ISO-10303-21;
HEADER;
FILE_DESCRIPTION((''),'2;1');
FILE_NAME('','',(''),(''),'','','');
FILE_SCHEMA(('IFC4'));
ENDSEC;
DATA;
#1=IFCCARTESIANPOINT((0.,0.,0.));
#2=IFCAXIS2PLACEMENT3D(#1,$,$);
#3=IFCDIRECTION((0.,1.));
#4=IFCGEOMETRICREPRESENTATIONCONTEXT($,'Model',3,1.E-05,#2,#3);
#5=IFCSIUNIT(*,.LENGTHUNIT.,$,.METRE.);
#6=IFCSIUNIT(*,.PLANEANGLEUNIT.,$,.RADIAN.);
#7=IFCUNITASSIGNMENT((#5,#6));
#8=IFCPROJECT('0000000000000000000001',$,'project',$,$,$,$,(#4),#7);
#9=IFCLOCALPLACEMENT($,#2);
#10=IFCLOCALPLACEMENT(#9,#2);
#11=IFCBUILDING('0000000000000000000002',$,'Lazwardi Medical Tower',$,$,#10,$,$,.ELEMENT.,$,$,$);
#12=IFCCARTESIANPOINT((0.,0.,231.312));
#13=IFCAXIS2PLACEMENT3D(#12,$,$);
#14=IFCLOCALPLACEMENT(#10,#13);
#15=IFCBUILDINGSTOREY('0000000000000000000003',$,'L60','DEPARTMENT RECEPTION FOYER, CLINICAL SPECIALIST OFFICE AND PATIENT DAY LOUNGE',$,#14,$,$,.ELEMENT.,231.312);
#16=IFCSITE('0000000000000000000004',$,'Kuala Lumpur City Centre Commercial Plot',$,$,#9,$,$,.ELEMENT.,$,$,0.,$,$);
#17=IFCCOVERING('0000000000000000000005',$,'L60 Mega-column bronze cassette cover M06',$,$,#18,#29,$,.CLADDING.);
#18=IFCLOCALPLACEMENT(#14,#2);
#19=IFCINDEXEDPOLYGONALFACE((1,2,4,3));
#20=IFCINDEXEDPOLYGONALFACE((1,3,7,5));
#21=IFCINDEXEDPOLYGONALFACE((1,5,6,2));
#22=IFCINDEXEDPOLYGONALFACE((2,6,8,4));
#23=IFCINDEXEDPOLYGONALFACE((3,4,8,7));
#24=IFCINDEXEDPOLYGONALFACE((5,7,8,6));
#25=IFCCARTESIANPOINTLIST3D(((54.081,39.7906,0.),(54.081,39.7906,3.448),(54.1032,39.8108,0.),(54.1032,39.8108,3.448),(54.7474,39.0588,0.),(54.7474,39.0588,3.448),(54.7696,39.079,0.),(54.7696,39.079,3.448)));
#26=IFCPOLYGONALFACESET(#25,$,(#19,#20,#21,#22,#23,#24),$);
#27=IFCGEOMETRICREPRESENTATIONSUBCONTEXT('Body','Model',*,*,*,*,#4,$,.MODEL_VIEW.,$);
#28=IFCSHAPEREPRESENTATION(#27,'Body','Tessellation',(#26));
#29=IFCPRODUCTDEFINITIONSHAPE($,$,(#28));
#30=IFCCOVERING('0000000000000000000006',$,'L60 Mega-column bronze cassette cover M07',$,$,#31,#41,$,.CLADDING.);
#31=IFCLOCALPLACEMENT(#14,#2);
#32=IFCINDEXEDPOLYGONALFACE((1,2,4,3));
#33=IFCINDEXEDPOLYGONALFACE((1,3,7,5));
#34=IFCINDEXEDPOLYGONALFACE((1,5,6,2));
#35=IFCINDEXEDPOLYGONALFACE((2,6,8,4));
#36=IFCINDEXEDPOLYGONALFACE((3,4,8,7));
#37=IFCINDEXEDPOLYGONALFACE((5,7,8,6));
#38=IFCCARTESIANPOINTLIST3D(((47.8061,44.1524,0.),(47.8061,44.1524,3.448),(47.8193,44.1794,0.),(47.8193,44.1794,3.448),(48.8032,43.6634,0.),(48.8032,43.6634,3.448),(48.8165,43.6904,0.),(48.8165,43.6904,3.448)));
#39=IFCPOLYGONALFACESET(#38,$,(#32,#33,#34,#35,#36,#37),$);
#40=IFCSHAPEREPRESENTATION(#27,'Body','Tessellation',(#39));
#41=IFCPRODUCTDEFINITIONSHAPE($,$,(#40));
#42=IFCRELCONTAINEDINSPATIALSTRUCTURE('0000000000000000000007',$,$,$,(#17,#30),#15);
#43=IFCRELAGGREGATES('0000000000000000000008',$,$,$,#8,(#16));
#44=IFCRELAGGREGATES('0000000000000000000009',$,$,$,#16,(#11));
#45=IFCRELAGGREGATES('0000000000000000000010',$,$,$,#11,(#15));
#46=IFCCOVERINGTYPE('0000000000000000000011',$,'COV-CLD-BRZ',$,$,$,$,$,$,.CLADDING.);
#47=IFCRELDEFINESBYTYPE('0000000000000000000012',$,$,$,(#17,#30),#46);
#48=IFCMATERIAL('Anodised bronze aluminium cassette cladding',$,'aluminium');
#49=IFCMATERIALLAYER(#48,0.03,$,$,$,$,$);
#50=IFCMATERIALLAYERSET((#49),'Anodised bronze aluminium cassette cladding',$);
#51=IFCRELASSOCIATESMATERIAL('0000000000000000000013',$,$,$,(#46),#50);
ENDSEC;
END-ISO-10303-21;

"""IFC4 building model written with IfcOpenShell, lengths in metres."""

from ifc_helpers import new_model, si_unit, direction, frame, origin, origin_2d, place, context, subcontext, project, spatial, rectangle, extrude, material, layer, layer_set, type_object, element, save


model = new_model("IFC4")

# Units and contexts
model_context = context("Model", 3, precision=1e-05, world=origin(), true_north=direction((0.0, 1.0)))
body_context = subcontext(model_context, "Body", "Model", "MODEL_VIEW")
ifc_project = project(units=[si_unit("LENGTHUNIT", "METRE"), si_unit("PLANEANGLEUNIT", "RADIAN")], contexts=[model_context])

# Site, building, storey
site_placement = place(None, origin())
site = spatial("IfcSite", under=ifc_project, at=site_placement, Name="Kuala Lumpur City Centre Commercial Plot", CompositionType="ELEMENT", RefElevation=0.0)
building_placement = place(site_placement, origin())
building = spatial("IfcBuilding", under=site, at=building_placement, Name="Lazwardi Medical Tower", CompositionType="ELEMENT")
storey_placement = place(building_placement, frame((0.0, 0.0, 231.312)))
storey = spatial("IfcBuildingStorey", under=building, at=storey_placement, Name="L60", Description="DEPARTMENT RECEPTION FOYER, CLINICAL SPECIALIST OFFICE AND PATIENT DAY LOUNGE", CompositionType="ELEMENT", Elevation=231.312)

# Coverings
ifc_material_1 = material(Name="Anodised bronze aluminium cassette cladding", Category="aluminium")
ifc_layer_1 = layer(ifc_material_1, 0.03)
ifc_layer_set_1 = layer_set([ifc_layer_1], Name="Anodised bronze aluminium cassette cladding")
covering_type = type_object("IfcCoveringType", Name="COV-CLD-BRZ", PredefinedType="CLADDING", material=ifc_layer_set_1)
covering_1_placement = place(storey_placement, frame((54.4253, 39.4348, 0.0), z_axis=(0.0, 0.0, 1.0), x_axis=(-0.673241, 0.739423, 0.0)))
element("IfcCovering", 1, at=covering_1_placement, inside=storey, type_object=covering_type, Name="L60 Mega-column bronze cassette cover M06", PredefinedType="CLADDING", context=body_context, shape_type="SweptSolid", body=[
    extrude(rectangle(XDim=0.9897, YDim=0.03, at=origin_2d()), origin(), (0.0, 0.0, 1.0), 3.448),
])
covering_2_placement = place(storey_placement, frame((48.3113, 43.9214, 0.0), z_axis=(0.0, 0.0, 1.0), x_axis=(-0.89784, 0.440322, 0.0)))
element("IfcCovering", 2, at=covering_2_placement, inside=storey, type_object=covering_type, Name="L60 Mega-column bronze cassette cover M07", PredefinedType="CLADDING", context=body_context, shape_type="SweptSolid", body=[
    extrude(rectangle(XDim=1.1106, YDim=0.03, at=origin_2d()), origin(), (0.0, 0.0, 1.0), 3.448),
])

save(model, "model.ifc")
